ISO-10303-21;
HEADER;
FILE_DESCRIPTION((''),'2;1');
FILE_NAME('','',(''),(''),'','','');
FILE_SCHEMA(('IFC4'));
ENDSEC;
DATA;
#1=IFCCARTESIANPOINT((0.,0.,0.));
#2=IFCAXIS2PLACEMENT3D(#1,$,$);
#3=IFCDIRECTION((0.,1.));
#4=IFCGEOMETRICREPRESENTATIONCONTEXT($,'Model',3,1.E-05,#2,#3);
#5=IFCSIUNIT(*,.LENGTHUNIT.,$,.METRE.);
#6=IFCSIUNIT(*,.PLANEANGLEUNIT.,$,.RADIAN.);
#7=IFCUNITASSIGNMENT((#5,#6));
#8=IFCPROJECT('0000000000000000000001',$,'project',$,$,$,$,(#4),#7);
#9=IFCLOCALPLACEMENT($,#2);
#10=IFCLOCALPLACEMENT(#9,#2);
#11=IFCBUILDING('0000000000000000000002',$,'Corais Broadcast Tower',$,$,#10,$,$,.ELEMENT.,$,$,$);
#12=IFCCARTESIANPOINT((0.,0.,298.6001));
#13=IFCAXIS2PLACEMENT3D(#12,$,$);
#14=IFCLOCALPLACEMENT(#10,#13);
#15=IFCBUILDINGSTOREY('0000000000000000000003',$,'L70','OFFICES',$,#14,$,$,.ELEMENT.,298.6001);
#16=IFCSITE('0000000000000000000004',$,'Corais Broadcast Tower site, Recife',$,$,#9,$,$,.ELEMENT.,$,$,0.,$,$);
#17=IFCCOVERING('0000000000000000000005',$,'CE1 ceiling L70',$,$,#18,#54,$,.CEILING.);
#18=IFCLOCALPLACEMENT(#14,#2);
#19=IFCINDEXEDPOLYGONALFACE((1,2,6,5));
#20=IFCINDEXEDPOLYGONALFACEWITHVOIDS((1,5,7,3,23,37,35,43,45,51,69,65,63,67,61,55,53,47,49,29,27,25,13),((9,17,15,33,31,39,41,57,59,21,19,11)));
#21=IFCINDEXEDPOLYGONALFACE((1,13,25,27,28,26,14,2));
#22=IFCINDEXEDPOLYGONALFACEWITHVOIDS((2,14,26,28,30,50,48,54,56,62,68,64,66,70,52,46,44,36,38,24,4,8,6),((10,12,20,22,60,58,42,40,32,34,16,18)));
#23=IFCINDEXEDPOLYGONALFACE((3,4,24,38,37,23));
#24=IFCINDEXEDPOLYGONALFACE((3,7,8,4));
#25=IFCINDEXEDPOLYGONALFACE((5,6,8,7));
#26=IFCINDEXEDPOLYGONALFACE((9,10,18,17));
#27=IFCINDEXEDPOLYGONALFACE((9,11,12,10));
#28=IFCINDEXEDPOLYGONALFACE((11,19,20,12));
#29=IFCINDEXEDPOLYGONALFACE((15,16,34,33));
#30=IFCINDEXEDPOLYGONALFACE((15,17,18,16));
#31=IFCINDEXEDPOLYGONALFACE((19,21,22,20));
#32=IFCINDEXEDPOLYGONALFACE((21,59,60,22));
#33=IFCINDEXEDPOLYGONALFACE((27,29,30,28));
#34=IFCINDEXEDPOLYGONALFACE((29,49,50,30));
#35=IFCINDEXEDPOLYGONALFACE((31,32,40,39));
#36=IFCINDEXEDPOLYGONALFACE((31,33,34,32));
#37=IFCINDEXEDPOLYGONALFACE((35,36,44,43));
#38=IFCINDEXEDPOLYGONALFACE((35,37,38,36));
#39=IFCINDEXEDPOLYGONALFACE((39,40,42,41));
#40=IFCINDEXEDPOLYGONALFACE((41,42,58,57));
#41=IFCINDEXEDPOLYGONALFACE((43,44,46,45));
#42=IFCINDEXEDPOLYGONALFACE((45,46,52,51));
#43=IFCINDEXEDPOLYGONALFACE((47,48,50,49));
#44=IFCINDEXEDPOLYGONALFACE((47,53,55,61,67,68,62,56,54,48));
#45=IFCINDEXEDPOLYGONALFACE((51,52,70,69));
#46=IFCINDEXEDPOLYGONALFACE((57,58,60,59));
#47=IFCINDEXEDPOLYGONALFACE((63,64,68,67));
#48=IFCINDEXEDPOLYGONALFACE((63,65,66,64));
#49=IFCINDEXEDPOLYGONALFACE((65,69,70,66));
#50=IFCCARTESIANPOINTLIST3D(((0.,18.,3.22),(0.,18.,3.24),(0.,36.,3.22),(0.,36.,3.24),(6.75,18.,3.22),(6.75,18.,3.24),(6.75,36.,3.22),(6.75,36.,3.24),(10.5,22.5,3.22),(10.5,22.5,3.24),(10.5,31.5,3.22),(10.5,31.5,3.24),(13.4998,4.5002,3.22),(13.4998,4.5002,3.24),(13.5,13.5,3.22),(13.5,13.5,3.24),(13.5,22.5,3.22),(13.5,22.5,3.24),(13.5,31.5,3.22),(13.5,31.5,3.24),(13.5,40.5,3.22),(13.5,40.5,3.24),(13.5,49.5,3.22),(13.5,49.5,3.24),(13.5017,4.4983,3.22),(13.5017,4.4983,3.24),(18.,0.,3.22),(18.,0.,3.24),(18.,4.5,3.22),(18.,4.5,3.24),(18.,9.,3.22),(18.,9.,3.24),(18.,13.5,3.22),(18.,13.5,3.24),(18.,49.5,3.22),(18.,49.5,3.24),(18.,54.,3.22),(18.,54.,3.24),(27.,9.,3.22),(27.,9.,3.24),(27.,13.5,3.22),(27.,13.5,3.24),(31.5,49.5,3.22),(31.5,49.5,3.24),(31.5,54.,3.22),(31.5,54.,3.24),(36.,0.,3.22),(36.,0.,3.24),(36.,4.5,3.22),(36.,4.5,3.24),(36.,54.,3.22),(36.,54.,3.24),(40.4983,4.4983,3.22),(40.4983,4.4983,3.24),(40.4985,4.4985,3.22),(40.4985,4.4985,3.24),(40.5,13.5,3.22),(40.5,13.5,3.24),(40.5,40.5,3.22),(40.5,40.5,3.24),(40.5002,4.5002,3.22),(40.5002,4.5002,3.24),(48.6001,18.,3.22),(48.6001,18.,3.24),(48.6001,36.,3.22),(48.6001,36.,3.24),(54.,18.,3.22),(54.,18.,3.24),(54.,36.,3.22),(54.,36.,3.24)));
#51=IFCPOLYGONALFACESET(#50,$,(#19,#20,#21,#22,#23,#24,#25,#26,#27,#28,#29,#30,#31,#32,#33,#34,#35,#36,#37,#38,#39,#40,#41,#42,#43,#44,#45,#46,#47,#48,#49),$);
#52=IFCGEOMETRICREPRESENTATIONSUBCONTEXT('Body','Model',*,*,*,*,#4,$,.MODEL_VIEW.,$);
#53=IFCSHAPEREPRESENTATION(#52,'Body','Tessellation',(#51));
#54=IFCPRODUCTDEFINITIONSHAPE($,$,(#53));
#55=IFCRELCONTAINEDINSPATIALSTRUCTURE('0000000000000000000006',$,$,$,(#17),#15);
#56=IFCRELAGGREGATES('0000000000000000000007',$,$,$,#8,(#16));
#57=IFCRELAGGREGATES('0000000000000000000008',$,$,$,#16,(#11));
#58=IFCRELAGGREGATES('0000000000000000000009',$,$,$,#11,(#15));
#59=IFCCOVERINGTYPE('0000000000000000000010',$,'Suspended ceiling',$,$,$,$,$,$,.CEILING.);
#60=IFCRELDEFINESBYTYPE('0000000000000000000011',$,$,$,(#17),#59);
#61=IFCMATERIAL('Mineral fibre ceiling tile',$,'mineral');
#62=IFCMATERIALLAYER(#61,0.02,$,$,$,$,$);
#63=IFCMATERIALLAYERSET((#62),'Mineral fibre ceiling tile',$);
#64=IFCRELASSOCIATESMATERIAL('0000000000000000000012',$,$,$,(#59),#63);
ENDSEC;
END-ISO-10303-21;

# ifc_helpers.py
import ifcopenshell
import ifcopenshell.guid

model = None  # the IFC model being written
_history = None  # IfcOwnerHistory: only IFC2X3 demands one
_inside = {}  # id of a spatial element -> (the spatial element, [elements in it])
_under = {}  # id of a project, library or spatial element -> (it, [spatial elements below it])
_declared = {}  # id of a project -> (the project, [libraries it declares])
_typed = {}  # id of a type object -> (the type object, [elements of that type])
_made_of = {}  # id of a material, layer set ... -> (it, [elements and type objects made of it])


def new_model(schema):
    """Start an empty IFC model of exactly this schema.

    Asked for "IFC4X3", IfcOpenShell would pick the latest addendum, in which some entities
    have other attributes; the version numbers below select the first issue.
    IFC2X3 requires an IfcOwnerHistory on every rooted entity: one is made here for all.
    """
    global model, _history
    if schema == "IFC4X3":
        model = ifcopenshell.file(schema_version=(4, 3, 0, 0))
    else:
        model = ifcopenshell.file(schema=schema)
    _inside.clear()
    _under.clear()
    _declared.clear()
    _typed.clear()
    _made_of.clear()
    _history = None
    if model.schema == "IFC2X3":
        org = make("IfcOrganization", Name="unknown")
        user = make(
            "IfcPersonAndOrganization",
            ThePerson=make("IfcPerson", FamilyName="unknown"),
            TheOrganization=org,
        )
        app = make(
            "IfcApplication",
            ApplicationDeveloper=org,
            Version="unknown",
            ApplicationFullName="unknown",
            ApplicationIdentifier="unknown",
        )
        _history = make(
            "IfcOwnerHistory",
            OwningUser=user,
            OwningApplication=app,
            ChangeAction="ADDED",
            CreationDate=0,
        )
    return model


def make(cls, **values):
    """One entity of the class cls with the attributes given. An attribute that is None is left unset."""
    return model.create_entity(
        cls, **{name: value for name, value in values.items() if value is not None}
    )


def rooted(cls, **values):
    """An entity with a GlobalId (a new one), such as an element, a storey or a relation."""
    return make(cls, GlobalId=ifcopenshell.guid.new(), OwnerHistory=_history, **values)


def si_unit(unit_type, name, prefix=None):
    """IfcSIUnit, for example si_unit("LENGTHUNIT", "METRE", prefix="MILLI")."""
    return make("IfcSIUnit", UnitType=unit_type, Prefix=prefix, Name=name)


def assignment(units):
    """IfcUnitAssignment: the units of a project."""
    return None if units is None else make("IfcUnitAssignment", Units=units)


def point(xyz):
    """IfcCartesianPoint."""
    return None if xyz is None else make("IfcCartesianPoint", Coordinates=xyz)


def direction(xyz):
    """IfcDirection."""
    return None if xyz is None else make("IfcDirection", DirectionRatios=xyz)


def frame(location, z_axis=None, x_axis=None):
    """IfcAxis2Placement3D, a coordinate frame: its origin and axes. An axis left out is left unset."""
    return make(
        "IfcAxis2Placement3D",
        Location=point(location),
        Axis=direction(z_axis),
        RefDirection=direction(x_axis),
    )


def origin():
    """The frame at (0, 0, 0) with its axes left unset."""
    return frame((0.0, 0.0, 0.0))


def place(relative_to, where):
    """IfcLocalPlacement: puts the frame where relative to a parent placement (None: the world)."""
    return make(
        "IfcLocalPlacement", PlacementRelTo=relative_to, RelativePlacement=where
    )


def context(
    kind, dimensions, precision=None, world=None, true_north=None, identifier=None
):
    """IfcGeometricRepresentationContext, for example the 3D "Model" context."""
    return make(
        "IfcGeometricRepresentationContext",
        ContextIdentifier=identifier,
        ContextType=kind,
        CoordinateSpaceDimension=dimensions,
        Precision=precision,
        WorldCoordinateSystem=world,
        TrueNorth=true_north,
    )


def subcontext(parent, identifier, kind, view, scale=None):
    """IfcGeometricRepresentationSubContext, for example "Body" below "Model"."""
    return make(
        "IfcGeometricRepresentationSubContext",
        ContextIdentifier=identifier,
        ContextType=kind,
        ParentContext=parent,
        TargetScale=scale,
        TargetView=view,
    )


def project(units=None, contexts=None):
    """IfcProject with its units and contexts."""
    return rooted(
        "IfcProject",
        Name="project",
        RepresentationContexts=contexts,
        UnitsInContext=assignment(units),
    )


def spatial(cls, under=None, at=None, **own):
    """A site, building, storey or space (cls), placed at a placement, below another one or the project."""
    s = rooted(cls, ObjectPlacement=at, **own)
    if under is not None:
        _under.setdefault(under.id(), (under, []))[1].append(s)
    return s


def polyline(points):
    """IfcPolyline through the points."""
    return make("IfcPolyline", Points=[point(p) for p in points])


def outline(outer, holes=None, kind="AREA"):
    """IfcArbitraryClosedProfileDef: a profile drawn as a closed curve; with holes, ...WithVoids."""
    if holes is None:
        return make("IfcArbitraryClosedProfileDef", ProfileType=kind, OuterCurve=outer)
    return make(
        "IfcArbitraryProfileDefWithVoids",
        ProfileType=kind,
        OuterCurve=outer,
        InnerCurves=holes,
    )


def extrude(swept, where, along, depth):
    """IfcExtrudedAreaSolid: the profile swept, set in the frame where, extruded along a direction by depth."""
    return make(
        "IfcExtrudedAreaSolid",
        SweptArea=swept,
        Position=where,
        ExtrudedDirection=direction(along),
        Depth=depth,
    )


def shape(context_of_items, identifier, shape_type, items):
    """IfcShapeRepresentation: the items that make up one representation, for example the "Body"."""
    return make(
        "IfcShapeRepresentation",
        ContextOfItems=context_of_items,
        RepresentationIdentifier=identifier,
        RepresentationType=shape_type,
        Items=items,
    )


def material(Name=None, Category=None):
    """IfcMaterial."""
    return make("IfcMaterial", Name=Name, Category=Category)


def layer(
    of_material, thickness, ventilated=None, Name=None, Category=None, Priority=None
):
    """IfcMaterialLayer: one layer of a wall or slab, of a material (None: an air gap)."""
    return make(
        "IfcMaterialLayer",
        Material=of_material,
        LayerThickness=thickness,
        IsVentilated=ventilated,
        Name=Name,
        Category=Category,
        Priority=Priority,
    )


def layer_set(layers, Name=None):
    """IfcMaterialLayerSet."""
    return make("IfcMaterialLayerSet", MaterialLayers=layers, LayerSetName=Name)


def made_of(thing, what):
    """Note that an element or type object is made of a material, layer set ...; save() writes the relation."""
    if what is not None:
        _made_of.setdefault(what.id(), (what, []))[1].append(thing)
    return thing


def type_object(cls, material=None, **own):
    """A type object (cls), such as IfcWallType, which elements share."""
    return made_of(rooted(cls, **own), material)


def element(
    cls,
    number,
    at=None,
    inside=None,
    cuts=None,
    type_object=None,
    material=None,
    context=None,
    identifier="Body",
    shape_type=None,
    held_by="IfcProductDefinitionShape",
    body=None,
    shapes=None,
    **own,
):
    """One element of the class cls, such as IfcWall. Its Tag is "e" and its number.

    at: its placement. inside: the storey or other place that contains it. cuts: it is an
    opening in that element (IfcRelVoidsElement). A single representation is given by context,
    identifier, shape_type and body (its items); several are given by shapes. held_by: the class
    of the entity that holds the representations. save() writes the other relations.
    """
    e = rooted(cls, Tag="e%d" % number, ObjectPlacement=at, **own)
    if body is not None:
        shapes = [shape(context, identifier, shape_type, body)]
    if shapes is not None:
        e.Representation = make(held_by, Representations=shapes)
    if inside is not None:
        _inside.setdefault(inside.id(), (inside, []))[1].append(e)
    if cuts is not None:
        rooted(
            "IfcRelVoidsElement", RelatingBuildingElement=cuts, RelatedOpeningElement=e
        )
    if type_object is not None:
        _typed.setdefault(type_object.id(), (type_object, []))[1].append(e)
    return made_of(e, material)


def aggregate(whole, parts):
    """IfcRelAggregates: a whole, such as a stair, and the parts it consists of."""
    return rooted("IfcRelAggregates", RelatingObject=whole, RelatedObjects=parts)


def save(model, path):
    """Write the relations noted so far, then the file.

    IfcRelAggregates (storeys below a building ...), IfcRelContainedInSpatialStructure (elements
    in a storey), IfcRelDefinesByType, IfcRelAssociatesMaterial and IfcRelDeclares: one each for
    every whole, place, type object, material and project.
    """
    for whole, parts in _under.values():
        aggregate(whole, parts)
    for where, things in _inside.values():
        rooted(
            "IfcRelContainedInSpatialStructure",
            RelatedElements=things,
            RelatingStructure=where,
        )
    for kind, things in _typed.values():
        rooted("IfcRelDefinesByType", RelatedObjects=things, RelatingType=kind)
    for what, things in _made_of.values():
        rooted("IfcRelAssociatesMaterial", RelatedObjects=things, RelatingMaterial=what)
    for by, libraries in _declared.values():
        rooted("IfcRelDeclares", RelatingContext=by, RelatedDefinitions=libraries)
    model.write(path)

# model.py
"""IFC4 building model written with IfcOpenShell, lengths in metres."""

from ifc_helpers import new_model, si_unit, direction, frame, origin, place, context, subcontext, project, spatial, polyline, outline, extrude, material, layer, layer_set, type_object, element, save


model = new_model("IFC4")

# Units and contexts
model_context = context("Model", 3, precision=1e-05, world=origin(), true_north=direction((0.0, 1.0)))
body_context = subcontext(model_context, "Body", "Model", "MODEL_VIEW")
ifc_project = project(units=[si_unit("LENGTHUNIT", "METRE"), si_unit("PLANEANGLEUNIT", "RADIAN")], contexts=[model_context])

# Site, building, storey
site_placement = place(None, origin())
site = spatial("IfcSite", under=ifc_project, at=site_placement, Name="Corais Broadcast Tower site, Recife", CompositionType="ELEMENT", RefElevation=0.0)
building_placement = place(site_placement, origin())
building = spatial("IfcBuilding", under=site, at=building_placement, Name="Corais Broadcast Tower", CompositionType="ELEMENT")
storey_placement = place(building_placement, frame((0.0, 0.0, 298.6001)))
storey = spatial("IfcBuildingStorey", under=building, at=storey_placement, Name="L70", Description="OFFICES", CompositionType="ELEMENT", Elevation=298.6001)

# Covering
ifc_material_1 = material(Name="Mineral fibre ceiling tile", Category="mineral")
ifc_layer_1 = layer(ifc_material_1, 0.02)
ifc_layer_set_1 = layer_set([ifc_layer_1], Name="Mineral fibre ceiling tile")
covering_type_1 = type_object("IfcCoveringType", Name="Suspended ceiling", PredefinedType="CEILING", material=ifc_layer_set_1)
covering_1_placement = place(storey_placement, frame((0.0, 0.0, 3.22)))
element("IfcCovering", 1, at=covering_1_placement, inside=storey, type_object=covering_type_1, Name="CE1 ceiling L70", PredefinedType="CEILING", context=body_context, shape_type="SweptSolid", body=[
    extrude(outline(polyline([(13.5, 49.5), (18.0, 54.0), (18.0, 49.5), (31.5, 49.5), (31.5, 54.0), (36.0, 54.0), (54.0, 36.0), (48.6001, 36.0), (48.6001, 18.0), (54.0, 18.0), (40.5002, 4.5002), (40.4985, 4.4985), (40.4983, 4.4983), (36.0, 0.0), (36.0, 4.5), (18.0, 4.5), (18.0, 0.0), (13.5017, 4.4983), (13.4998, 4.5002), (0.0, 18.0), (6.75, 18.0), (6.75, 36.0), (0.0, 36.0), (13.5, 49.5)]), holes=[polyline([(13.5, 40.5), (13.5, 31.5), (10.5, 31.5), (10.5, 22.5), (13.5, 22.5), (13.5, 13.5), (18.0, 13.5), (18.0, 9.0), (27.0, 9.0), (27.0, 13.5), (40.5, 13.5), (40.5, 40.5), (13.5, 40.5)])]), origin(), (0.0, 0.0, 1.0), 0.02),
])

save(model, "model.ifc")
